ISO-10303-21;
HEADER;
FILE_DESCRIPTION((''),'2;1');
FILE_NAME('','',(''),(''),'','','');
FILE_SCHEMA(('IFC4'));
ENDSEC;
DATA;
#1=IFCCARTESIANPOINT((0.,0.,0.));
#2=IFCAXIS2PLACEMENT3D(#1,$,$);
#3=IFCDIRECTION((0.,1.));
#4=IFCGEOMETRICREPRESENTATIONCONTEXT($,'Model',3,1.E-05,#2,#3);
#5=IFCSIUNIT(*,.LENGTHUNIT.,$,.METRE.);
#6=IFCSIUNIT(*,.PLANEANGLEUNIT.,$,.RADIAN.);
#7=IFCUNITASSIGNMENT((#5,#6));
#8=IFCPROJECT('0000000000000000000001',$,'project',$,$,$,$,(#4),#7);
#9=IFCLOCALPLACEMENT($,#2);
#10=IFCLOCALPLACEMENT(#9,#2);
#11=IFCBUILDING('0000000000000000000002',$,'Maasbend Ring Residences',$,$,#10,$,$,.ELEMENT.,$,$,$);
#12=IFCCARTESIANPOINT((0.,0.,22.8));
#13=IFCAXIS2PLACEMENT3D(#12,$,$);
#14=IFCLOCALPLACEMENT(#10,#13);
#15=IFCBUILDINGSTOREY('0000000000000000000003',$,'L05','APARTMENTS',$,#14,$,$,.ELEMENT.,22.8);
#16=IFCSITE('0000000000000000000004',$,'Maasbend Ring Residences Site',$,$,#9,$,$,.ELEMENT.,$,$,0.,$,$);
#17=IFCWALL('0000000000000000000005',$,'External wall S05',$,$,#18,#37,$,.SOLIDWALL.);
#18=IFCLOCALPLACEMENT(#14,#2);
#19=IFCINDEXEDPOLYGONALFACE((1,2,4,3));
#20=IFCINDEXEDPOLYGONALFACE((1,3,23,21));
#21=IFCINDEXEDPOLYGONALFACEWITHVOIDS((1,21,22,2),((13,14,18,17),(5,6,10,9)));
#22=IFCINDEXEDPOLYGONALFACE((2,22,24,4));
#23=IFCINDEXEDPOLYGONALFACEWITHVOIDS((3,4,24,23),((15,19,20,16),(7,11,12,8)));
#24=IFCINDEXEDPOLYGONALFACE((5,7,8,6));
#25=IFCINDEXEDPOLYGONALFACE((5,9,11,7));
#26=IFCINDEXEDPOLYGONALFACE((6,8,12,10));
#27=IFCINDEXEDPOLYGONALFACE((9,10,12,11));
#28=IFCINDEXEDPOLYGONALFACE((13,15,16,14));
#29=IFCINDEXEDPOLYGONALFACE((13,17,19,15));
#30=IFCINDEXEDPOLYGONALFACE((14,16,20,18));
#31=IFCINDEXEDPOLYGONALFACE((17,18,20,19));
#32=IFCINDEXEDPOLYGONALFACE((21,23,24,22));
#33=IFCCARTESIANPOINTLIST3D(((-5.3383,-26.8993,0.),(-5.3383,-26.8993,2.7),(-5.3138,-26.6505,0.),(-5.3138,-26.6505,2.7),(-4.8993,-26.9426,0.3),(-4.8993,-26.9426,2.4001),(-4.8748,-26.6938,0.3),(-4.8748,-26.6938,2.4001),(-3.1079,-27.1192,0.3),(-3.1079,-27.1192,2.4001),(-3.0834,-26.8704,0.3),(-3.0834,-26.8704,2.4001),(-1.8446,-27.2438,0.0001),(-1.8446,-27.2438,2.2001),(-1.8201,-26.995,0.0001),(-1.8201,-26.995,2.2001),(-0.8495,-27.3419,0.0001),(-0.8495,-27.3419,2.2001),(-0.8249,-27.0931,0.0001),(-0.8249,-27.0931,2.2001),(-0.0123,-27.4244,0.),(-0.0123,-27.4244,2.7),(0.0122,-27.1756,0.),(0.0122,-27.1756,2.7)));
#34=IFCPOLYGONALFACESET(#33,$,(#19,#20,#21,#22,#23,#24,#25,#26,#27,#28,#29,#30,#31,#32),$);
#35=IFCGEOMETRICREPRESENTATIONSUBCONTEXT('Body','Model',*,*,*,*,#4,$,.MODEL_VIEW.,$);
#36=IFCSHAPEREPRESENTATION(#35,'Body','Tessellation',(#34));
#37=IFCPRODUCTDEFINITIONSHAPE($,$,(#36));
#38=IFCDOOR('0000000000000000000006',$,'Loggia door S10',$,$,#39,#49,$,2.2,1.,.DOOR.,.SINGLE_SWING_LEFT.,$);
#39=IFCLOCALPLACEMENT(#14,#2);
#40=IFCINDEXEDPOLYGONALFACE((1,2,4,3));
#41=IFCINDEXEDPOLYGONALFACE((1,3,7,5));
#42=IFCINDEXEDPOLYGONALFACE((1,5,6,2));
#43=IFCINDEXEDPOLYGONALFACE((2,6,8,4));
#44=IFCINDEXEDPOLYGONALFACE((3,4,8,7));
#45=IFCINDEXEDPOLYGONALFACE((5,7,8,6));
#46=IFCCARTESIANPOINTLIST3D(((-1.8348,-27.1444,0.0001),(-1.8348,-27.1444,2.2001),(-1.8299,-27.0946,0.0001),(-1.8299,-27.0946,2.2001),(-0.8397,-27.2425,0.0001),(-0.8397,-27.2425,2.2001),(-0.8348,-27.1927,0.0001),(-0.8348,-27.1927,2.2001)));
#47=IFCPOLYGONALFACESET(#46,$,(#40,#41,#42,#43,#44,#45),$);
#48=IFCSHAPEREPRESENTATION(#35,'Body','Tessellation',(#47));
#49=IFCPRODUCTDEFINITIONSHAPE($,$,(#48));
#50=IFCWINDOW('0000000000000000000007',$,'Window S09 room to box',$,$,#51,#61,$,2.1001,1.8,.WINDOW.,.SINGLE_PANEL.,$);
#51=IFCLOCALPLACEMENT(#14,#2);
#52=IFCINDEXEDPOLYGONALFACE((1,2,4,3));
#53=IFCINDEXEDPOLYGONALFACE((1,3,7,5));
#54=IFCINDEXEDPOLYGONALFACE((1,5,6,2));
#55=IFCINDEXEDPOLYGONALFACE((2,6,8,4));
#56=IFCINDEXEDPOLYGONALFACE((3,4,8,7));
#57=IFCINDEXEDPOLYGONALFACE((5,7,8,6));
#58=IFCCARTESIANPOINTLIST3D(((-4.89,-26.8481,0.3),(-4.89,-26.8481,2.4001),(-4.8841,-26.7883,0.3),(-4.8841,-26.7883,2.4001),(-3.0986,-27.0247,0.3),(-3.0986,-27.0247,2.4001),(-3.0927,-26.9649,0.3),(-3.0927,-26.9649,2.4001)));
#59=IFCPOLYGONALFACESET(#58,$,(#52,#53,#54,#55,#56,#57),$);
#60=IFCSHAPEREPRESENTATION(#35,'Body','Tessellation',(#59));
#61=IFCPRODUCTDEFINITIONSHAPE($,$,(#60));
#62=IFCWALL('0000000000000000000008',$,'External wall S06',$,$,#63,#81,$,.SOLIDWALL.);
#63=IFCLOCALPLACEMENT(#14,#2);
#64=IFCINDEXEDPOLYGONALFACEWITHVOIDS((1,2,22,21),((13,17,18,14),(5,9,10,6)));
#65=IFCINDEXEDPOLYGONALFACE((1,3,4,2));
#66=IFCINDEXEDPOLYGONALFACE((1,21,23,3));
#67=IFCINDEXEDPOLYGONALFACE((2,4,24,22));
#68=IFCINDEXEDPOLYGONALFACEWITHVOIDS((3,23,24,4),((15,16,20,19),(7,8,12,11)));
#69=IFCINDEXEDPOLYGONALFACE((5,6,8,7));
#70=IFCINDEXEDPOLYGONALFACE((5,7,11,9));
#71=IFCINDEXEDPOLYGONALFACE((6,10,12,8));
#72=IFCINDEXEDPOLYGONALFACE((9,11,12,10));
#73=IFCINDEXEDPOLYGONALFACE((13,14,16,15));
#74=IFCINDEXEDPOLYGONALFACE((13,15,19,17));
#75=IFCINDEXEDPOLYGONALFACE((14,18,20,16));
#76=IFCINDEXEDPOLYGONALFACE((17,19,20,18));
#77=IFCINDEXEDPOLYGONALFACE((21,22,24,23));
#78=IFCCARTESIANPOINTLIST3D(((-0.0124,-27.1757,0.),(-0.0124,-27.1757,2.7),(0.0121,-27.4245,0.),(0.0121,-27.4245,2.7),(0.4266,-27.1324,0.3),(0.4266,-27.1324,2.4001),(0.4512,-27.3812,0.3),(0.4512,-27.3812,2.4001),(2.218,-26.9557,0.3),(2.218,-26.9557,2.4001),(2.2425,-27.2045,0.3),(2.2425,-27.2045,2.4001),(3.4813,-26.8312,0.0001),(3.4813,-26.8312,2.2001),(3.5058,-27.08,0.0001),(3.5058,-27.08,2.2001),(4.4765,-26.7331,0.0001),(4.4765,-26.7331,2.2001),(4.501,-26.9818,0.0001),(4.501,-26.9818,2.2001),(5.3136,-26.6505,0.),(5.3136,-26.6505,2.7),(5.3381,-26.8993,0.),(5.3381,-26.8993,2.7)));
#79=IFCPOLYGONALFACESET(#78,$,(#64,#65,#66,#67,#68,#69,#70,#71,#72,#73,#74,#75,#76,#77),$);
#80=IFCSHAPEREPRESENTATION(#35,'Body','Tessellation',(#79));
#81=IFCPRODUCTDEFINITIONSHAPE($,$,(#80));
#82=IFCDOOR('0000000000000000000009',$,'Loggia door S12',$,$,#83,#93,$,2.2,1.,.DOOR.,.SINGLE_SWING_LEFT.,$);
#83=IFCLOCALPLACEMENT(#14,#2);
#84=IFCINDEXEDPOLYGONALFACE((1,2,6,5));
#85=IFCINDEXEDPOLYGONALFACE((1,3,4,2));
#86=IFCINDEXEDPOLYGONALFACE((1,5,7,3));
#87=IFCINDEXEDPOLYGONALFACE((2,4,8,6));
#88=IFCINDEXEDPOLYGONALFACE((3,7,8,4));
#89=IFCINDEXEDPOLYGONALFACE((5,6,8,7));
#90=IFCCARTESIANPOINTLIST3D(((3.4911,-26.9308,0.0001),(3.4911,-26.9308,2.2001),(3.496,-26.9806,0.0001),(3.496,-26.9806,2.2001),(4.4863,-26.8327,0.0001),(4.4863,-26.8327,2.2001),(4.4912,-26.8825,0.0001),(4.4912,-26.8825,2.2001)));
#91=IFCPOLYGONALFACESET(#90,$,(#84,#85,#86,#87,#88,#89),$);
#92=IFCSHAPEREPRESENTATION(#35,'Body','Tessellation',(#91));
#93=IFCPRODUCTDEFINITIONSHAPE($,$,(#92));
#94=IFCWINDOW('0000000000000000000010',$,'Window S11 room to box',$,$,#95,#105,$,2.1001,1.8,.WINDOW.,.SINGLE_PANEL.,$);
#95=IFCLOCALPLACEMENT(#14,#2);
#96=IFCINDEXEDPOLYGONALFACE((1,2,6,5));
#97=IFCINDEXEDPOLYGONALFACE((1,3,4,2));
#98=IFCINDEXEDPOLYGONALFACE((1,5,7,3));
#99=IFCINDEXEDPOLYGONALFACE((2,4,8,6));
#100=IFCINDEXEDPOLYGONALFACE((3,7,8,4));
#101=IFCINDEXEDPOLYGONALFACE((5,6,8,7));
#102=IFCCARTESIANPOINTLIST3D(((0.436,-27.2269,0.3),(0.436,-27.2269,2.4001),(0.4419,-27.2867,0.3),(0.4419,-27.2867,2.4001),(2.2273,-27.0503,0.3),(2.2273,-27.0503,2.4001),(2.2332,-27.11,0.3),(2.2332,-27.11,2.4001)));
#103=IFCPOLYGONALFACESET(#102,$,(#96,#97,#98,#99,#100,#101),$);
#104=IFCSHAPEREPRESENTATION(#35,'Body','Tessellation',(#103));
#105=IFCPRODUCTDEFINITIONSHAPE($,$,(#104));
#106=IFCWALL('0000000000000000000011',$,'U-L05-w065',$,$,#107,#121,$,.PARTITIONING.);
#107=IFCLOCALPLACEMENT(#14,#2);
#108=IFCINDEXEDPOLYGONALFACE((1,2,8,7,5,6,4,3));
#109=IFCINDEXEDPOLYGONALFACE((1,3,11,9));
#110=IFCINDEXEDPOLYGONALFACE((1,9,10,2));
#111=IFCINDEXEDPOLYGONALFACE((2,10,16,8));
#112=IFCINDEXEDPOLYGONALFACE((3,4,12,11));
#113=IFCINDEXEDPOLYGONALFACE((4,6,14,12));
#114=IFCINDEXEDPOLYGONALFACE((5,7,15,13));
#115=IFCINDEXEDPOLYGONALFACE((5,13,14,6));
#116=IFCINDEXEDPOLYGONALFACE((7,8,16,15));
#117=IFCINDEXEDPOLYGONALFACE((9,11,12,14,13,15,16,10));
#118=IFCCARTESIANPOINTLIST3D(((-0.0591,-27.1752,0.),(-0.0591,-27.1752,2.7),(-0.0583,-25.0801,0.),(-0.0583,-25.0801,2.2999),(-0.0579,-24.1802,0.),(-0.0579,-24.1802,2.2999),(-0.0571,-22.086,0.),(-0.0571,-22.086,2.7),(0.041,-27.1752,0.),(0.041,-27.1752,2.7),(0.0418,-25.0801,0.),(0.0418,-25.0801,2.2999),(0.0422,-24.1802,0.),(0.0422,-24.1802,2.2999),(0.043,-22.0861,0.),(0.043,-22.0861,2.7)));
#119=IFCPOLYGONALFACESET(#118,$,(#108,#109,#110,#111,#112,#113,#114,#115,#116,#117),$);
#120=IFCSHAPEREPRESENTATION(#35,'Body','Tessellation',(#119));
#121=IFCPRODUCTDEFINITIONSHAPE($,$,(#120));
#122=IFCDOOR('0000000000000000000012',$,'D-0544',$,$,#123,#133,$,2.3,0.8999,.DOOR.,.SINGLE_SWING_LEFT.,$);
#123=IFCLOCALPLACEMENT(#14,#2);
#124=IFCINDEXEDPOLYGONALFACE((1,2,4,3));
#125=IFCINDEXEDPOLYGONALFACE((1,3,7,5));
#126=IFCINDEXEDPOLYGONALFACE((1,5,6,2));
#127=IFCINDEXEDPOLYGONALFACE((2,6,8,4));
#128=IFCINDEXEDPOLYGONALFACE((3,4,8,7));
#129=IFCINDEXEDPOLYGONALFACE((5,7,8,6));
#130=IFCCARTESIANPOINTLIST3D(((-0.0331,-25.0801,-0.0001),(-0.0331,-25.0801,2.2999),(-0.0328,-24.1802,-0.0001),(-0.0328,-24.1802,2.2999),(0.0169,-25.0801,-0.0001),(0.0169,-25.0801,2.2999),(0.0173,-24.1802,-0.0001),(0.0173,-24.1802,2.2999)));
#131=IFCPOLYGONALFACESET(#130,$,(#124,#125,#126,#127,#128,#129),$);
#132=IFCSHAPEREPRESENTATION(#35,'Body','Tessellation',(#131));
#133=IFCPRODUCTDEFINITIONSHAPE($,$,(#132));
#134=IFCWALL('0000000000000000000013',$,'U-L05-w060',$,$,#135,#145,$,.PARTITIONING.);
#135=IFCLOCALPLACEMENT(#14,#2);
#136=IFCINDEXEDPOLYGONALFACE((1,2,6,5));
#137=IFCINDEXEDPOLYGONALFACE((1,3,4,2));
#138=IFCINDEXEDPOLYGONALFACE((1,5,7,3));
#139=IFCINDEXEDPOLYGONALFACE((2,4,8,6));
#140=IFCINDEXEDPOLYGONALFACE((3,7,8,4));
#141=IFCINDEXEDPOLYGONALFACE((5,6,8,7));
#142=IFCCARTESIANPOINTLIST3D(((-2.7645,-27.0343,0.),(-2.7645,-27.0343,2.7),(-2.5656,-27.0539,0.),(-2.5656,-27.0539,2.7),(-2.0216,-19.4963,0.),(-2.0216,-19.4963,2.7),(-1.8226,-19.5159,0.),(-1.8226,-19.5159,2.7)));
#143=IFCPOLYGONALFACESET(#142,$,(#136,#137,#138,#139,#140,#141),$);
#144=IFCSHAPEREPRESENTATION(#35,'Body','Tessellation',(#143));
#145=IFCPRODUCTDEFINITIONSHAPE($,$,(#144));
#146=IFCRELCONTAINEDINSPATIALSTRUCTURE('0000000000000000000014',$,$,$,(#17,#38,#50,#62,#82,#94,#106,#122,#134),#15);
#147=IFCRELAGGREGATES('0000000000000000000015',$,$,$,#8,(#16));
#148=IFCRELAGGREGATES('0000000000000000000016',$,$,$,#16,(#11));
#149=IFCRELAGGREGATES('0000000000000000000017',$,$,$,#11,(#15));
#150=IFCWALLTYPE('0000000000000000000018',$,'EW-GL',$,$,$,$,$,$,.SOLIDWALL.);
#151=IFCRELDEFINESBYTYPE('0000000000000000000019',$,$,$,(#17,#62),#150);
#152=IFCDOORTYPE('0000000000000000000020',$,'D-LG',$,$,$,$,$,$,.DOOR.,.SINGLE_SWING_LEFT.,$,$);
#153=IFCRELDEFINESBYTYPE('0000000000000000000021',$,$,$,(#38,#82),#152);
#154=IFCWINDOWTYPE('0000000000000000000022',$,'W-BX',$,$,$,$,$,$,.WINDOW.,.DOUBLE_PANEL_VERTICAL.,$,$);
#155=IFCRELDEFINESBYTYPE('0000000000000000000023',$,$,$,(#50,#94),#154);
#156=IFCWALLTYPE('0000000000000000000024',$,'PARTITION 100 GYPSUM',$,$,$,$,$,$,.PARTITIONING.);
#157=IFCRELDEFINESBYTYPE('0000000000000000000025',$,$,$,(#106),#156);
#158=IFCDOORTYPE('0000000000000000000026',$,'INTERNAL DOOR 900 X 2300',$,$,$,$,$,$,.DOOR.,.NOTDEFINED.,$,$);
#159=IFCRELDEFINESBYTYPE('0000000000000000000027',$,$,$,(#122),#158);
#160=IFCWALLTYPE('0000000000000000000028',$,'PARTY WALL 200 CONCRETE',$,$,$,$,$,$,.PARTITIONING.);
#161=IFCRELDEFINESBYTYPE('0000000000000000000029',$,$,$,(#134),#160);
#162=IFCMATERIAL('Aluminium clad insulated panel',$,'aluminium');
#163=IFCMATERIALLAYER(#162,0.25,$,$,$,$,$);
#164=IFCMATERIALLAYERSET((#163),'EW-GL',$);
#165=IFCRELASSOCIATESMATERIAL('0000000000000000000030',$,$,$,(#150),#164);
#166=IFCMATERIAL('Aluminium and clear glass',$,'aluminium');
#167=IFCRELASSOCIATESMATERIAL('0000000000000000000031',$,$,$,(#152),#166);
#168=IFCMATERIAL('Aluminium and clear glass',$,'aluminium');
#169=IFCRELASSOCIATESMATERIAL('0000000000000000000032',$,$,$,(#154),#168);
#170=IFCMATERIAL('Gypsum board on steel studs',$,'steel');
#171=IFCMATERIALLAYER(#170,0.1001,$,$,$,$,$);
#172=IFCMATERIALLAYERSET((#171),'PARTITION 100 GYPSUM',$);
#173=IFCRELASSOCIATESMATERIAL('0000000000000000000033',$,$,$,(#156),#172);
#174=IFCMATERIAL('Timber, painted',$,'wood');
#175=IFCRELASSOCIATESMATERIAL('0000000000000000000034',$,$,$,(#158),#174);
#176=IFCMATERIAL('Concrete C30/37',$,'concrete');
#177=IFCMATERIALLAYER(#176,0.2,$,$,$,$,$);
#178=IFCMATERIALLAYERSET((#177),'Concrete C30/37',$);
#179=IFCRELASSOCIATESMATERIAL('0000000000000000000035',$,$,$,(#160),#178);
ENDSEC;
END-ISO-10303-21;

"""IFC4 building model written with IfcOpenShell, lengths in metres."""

from ifc_helpers import new_model, si_unit, direction, frame, frame_2d, origin, place, context, subcontext, project, spatial, rectangle, extrude, material, layer, layer_set, type_object, element, fill, save


model = new_model("IFC4")

# Units and contexts
model_context = context("Model", 3, precision=1e-05, world=origin(), true_north=direction((0.0, 1.0)))
body_context = subcontext(model_context, "Body", "Model", "MODEL_VIEW")
ifc_project = project(units=[si_unit("LENGTHUNIT", "METRE"), si_unit("PLANEANGLEUNIT", "RADIAN")], contexts=[model_context])

# Site, building, storey
site_placement = place(None, origin())
site = spatial("IfcSite", under=ifc_project, at=site_placement, Name="Maasbend Ring Residences Site", CompositionType="ELEMENT", RefElevation=0.0)
building_placement = place(site_placement, origin())
building = spatial("IfcBuilding", under=site, at=building_placement, Name="Maasbend Ring Residences", CompositionType="ELEMENT")
storey_placement = place(building_placement, frame((0.0, 0.0, 22.8)))
storey = spatial("IfcBuildingStorey", under=building, at=storey_placement, Name="L05", Description="APARTMENTS", CompositionType="ELEMENT", Elevation=22.8)

# Walls, openings, doors, windows
ifc_material_1 = material(Name="Aluminium clad insulated panel", Category="aluminium")
ifc_layer_1 = layer(ifc_material_1, 0.25)
ifc_layer_set_1 = layer_set([ifc_layer_1], Name="EW-GL")
wall_type_1 = type_object("IfcWallType", Name="EW-GL", PredefinedType="SOLIDWALL", material=ifc_layer_set_1)
ifc_material_2 = material(Name="Aluminium and clear glass", Category="aluminium")
door_type_1 = type_object("IfcDoorType", Name="D-LG", OperationType="SINGLE_SWING_LEFT", PredefinedType="DOOR", material=ifc_material_2)
ifc_material_3 = material(Name="Aluminium and clear glass", Category="aluminium")
window_type_1 = type_object("IfcWindowType", Name="W-BX", PartitioningType="DOUBLE_PANEL_VERTICAL", PredefinedType="WINDOW", material=ifc_material_3)
wall_1_placement = place(storey_placement, frame((-5.3259, -26.7749, 0.0), z_axis=(0.0, 0.0, 1.0), x_axis=(0.995174, -0.098126, 0.0)))
wall_1 = element("IfcWall", 1, at=wall_1_placement, inside=storey, type_object=wall_type_1, Name="External wall S05", PredefinedType="SOLIDWALL", context=body_context, shape_type="SweptSolid", body=[
    extrude(rectangle(XDim=5.3518, YDim=0.25, at=frame_2d((2.6758, 0.0))), origin(), (0.0, 0.0, 1.0), 2.7),
])
opening_1_placement = place(wall_1_placement, frame((0.4412, 0.0, 0.3)))
opening_1 = element("IfcOpeningElement", 2, at=opening_1_placement, cuts=wall_1, PredefinedType="OPENING", context=body_context, shape_type="SweptSolid", body=[
    extrude(rectangle(XDim=1.8, YDim=2.1001, at=frame_2d((0.8999, 1.05))), frame((0.0, 0.135, 0.0), z_axis=(0.0, -1.0, 0.0), x_axis=(1.0, 0.0, 0.0)), (0.0, 0.0, 1.0), 0.27),
])
opening_2_placement = place(wall_1_placement, frame((3.5105, 0.0, 0.0)))
opening_2 = element("IfcOpeningElement", 3, at=opening_2_placement, cuts=wall_1, PredefinedType="OPENING", context=body_context, shape_type="SweptSolid", body=[
    extrude(rectangle(XDim=1.0, YDim=2.2, at=frame_2d((0.5, 1.1001))), frame((0.0, 0.135, 0.0), z_axis=(0.0, -1.0, 0.0), x_axis=(1.0, 0.0, 0.0)), (0.0, 0.0, 1.0), 0.27),
])
door_1_placement = place(opening_2_placement, origin())
door_1 = element("IfcDoor", 4, at=door_1_placement, inside=storey, type_object=door_type_1, Name="Loggia door S10", OperationType="SINGLE_SWING_LEFT", OverallHeight=2.2, OverallWidth=1.0, PredefinedType="DOOR", context=body_context, shape_type="SweptSolid", body=[
    extrude(rectangle(XDim=1.0, YDim=2.2, at=frame_2d((0.5, 1.1001))), frame((0.0, 0.0249, 0.0), z_axis=(0.0, -1.0, 0.0), x_axis=(1.0, 0.0, 0.0)), (0.0, 0.0, 1.0), 0.05),
])
fill(opening_2, door_1)
window_1_placement = place(opening_1_placement, origin())
window_1 = element("IfcWindow", 5, at=window_1_placement, inside=storey, type_object=window_type_1, Name="Window S09 room to box", OverallHeight=2.1001, OverallWidth=1.8, PartitioningType="SINGLE_PANEL", PredefinedType="WINDOW", context=body_context, shape_type="SweptSolid", body=[
    extrude(rectangle(XDim=1.8, YDim=2.1001, at=frame_2d((0.8999, 1.05))), frame((0.0, 0.03, 0.0), z_axis=(0.0, -1.0, 0.0), x_axis=(1.0, 0.0, 0.0)), (0.0, 0.0, 1.0), 0.0601),
])
fill(opening_1, window_1)
wall_2_placement = place(storey_placement, frame((0.0, -27.3, 0.0), z_axis=(0.0, 0.0, 1.0), x_axis=(0.995174, 0.098126, 0.0)))
wall_2 = element("IfcWall", 6, at=wall_2_placement, inside=storey, type_object=wall_type_1, Name="External wall S06", PredefinedType="SOLIDWALL", context=body_context, shape_type="SweptSolid", body=[
    extrude(rectangle(XDim=5.3518, YDim=0.25, at=frame_2d((2.6758, 0.0))), origin(), (0.0, 0.0, 1.0), 2.7),
])
opening_3_placement = place(wall_2_placement, frame((0.4412, 0.0, 0.3)))
opening_3 = element("IfcOpeningElement", 7, at=opening_3_placement, cuts=wall_2, PredefinedType="OPENING", context=body_context, shape_type="SweptSolid", body=[
    extrude(rectangle(XDim=1.8, YDim=2.1001, at=frame_2d((0.8999, 1.05))), frame((0.0, 0.135, 0.0), z_axis=(0.0, -1.0, 0.0), x_axis=(1.0, 0.0, 0.0)), (0.0, 0.0, 1.0), 0.27),
])
opening_4_placement = place(wall_2_placement, frame((3.5105, 0.0, 0.0)))
opening_4 = element("IfcOpeningElement", 8, at=opening_4_placement, cuts=wall_2, PredefinedType="OPENING", context=body_context, shape_type="SweptSolid", body=[
    extrude(rectangle(XDim=1.0, YDim=2.2, at=frame_2d((0.5, 1.1001))), frame((0.0, 0.135, 0.0), z_axis=(0.0, -1.0, 0.0), x_axis=(1.0, 0.0, 0.0)), (0.0, 0.0, 1.0), 0.27),
])
door_2_placement = place(opening_4_placement, origin())
door_2 = element("IfcDoor", 9, at=door_2_placement, inside=storey, type_object=door_type_1, Name="Loggia door S12", OperationType="SINGLE_SWING_LEFT", OverallHeight=2.2, OverallWidth=1.0, PredefinedType="DOOR", context=body_context, shape_type="SweptSolid", body=[
    extrude(rectangle(XDim=1.0, YDim=2.2, at=frame_2d((0.5, 1.1001))), frame((0.0, 0.0249, 0.0), z_axis=(0.0, -1.0, 0.0), x_axis=(1.0, 0.0, 0.0)), (0.0, 0.0, 1.0), 0.05),
])
fill(opening_4, door_2)
window_2_placement = place(opening_3_placement, origin())
window_2 = element("IfcWindow", 10, at=window_2_placement, inside=storey, type_object=window_type_1, Name="Window S11 room to box", OverallHeight=2.1001, OverallWidth=1.8, PartitioningType="SINGLE_PANEL", PredefinedType="WINDOW", context=body_context, shape_type="SweptSolid", body=[
    extrude(rectangle(XDim=1.8, YDim=2.1001, at=frame_2d((0.8999, 1.05))), frame((0.0, 0.03, 0.0), z_axis=(0.0, -1.0, 0.0), x_axis=(1.0, 0.0, 0.0)), (0.0, 0.0, 1.0), 0.0601),
])
fill(opening_3, window_2)

# Wall, opening, door
ifc_material_4 = material(Name="Gypsum board on steel studs", Category="steel")
ifc_layer_2 = layer(ifc_material_4, 0.1001)
ifc_layer_set_2 = layer_set([ifc_layer_2], Name="PARTITION 100 GYPSUM")
wall_type_2 = type_object("IfcWallType", Name="PARTITION 100 GYPSUM", PredefinedType="PARTITIONING", material=ifc_layer_set_2)
wall_3_placement = place(storey_placement, frame((-0.009, -27.175, 0.0), z_axis=(0.0, 0.0, 1.0), x_axis=(0.000384, 1.0, 0.0)))
wall_3 = element("IfcWall", 11, at=wall_3_placement, inside=storey, type_object=wall_type_2, Name="U-L05-w065", PredefinedType="PARTITIONING", context=body_context, shape_type="SweptSolid", body=[
    extrude(rectangle(XDim=5.0891, YDim=0.1001, at=frame_2d((2.5444, 0.0))), origin(), (0.0, 0.0, 1.0), 2.7),
])
opening_5_placement = place(wall_3_placement, frame((2.095, 0.0, 0.0)))
opening_5 = element("IfcOpeningElement", 12, at=opening_5_placement, cuts=wall_3, PredefinedType="OPENING", context=body_context, shape_type="SweptSolid", body=[
    extrude(rectangle(XDim=0.8999, YDim=2.3, at=frame_2d((0.45, 1.1499))), frame((0.0, 0.0601, 0.0), z_axis=(0.0, -1.0, 0.0), x_axis=(1.0, 0.0, 0.0)), (0.0, 0.0, 1.0), 0.1201),
])
ifc_material_5 = material(Name="Timber, painted", Category="wood")
door_type_2 = type_object("IfcDoorType", Name="INTERNAL DOOR 900 X 2300", OperationType="NOTDEFINED", PredefinedType="DOOR", material=ifc_material_5)
door_3_placement = place(opening_5_placement, origin())
door_3 = element("IfcDoor", 13, at=door_3_placement, inside=storey, type_object=door_type_2, Name="D-0544", OperationType="SINGLE_SWING_LEFT", OverallHeight=2.3, OverallWidth=0.8999, PredefinedType="DOOR", context=body_context, shape_type="SweptSolid", body=[
    extrude(rectangle(XDim=0.8999, YDim=2.3, at=frame_2d((0.45, 1.1499))), frame((0.0, 0.0249, 0.0), z_axis=(0.0, -1.0, 0.0), x_axis=(1.0, 0.0, 0.0)), (0.0, 0.0, 1.0), 0.05),
])
fill(opening_5, door_3)

# Wall
ifc_material_6 = material(Name="Concrete C30/37", Category="concrete")
ifc_layer_3 = layer(ifc_material_6, 0.2)
ifc_layer_set_3 = layer_set([ifc_layer_3], Name="Concrete C30/37")
wall_type_3 = type_object("IfcWallType", Name="PARTY WALL 200 CONCRETE", PredefinedType="PARTITIONING", material=ifc_layer_set_3)
wall_4_placement = place(storey_placement, frame((-2.665, -27.0439, 0.0), z_axis=(0.0, 0.0, 1.0), x_axis=(0.098083, 0.995178, 0.0)))
element("IfcWall", 14, at=wall_4_placement, inside=storey, type_object=wall_type_3, Name="U-L05-w060", PredefinedType="PARTITIONING", context=body_context, shape_type="SweptSolid", body=[
    extrude(rectangle(XDim=7.5745, YDim=0.2, at=frame_2d((3.7871, 0.0))), origin(), (0.0, 0.0, 1.0), 2.7),
])

save(model, "model.ifc")
